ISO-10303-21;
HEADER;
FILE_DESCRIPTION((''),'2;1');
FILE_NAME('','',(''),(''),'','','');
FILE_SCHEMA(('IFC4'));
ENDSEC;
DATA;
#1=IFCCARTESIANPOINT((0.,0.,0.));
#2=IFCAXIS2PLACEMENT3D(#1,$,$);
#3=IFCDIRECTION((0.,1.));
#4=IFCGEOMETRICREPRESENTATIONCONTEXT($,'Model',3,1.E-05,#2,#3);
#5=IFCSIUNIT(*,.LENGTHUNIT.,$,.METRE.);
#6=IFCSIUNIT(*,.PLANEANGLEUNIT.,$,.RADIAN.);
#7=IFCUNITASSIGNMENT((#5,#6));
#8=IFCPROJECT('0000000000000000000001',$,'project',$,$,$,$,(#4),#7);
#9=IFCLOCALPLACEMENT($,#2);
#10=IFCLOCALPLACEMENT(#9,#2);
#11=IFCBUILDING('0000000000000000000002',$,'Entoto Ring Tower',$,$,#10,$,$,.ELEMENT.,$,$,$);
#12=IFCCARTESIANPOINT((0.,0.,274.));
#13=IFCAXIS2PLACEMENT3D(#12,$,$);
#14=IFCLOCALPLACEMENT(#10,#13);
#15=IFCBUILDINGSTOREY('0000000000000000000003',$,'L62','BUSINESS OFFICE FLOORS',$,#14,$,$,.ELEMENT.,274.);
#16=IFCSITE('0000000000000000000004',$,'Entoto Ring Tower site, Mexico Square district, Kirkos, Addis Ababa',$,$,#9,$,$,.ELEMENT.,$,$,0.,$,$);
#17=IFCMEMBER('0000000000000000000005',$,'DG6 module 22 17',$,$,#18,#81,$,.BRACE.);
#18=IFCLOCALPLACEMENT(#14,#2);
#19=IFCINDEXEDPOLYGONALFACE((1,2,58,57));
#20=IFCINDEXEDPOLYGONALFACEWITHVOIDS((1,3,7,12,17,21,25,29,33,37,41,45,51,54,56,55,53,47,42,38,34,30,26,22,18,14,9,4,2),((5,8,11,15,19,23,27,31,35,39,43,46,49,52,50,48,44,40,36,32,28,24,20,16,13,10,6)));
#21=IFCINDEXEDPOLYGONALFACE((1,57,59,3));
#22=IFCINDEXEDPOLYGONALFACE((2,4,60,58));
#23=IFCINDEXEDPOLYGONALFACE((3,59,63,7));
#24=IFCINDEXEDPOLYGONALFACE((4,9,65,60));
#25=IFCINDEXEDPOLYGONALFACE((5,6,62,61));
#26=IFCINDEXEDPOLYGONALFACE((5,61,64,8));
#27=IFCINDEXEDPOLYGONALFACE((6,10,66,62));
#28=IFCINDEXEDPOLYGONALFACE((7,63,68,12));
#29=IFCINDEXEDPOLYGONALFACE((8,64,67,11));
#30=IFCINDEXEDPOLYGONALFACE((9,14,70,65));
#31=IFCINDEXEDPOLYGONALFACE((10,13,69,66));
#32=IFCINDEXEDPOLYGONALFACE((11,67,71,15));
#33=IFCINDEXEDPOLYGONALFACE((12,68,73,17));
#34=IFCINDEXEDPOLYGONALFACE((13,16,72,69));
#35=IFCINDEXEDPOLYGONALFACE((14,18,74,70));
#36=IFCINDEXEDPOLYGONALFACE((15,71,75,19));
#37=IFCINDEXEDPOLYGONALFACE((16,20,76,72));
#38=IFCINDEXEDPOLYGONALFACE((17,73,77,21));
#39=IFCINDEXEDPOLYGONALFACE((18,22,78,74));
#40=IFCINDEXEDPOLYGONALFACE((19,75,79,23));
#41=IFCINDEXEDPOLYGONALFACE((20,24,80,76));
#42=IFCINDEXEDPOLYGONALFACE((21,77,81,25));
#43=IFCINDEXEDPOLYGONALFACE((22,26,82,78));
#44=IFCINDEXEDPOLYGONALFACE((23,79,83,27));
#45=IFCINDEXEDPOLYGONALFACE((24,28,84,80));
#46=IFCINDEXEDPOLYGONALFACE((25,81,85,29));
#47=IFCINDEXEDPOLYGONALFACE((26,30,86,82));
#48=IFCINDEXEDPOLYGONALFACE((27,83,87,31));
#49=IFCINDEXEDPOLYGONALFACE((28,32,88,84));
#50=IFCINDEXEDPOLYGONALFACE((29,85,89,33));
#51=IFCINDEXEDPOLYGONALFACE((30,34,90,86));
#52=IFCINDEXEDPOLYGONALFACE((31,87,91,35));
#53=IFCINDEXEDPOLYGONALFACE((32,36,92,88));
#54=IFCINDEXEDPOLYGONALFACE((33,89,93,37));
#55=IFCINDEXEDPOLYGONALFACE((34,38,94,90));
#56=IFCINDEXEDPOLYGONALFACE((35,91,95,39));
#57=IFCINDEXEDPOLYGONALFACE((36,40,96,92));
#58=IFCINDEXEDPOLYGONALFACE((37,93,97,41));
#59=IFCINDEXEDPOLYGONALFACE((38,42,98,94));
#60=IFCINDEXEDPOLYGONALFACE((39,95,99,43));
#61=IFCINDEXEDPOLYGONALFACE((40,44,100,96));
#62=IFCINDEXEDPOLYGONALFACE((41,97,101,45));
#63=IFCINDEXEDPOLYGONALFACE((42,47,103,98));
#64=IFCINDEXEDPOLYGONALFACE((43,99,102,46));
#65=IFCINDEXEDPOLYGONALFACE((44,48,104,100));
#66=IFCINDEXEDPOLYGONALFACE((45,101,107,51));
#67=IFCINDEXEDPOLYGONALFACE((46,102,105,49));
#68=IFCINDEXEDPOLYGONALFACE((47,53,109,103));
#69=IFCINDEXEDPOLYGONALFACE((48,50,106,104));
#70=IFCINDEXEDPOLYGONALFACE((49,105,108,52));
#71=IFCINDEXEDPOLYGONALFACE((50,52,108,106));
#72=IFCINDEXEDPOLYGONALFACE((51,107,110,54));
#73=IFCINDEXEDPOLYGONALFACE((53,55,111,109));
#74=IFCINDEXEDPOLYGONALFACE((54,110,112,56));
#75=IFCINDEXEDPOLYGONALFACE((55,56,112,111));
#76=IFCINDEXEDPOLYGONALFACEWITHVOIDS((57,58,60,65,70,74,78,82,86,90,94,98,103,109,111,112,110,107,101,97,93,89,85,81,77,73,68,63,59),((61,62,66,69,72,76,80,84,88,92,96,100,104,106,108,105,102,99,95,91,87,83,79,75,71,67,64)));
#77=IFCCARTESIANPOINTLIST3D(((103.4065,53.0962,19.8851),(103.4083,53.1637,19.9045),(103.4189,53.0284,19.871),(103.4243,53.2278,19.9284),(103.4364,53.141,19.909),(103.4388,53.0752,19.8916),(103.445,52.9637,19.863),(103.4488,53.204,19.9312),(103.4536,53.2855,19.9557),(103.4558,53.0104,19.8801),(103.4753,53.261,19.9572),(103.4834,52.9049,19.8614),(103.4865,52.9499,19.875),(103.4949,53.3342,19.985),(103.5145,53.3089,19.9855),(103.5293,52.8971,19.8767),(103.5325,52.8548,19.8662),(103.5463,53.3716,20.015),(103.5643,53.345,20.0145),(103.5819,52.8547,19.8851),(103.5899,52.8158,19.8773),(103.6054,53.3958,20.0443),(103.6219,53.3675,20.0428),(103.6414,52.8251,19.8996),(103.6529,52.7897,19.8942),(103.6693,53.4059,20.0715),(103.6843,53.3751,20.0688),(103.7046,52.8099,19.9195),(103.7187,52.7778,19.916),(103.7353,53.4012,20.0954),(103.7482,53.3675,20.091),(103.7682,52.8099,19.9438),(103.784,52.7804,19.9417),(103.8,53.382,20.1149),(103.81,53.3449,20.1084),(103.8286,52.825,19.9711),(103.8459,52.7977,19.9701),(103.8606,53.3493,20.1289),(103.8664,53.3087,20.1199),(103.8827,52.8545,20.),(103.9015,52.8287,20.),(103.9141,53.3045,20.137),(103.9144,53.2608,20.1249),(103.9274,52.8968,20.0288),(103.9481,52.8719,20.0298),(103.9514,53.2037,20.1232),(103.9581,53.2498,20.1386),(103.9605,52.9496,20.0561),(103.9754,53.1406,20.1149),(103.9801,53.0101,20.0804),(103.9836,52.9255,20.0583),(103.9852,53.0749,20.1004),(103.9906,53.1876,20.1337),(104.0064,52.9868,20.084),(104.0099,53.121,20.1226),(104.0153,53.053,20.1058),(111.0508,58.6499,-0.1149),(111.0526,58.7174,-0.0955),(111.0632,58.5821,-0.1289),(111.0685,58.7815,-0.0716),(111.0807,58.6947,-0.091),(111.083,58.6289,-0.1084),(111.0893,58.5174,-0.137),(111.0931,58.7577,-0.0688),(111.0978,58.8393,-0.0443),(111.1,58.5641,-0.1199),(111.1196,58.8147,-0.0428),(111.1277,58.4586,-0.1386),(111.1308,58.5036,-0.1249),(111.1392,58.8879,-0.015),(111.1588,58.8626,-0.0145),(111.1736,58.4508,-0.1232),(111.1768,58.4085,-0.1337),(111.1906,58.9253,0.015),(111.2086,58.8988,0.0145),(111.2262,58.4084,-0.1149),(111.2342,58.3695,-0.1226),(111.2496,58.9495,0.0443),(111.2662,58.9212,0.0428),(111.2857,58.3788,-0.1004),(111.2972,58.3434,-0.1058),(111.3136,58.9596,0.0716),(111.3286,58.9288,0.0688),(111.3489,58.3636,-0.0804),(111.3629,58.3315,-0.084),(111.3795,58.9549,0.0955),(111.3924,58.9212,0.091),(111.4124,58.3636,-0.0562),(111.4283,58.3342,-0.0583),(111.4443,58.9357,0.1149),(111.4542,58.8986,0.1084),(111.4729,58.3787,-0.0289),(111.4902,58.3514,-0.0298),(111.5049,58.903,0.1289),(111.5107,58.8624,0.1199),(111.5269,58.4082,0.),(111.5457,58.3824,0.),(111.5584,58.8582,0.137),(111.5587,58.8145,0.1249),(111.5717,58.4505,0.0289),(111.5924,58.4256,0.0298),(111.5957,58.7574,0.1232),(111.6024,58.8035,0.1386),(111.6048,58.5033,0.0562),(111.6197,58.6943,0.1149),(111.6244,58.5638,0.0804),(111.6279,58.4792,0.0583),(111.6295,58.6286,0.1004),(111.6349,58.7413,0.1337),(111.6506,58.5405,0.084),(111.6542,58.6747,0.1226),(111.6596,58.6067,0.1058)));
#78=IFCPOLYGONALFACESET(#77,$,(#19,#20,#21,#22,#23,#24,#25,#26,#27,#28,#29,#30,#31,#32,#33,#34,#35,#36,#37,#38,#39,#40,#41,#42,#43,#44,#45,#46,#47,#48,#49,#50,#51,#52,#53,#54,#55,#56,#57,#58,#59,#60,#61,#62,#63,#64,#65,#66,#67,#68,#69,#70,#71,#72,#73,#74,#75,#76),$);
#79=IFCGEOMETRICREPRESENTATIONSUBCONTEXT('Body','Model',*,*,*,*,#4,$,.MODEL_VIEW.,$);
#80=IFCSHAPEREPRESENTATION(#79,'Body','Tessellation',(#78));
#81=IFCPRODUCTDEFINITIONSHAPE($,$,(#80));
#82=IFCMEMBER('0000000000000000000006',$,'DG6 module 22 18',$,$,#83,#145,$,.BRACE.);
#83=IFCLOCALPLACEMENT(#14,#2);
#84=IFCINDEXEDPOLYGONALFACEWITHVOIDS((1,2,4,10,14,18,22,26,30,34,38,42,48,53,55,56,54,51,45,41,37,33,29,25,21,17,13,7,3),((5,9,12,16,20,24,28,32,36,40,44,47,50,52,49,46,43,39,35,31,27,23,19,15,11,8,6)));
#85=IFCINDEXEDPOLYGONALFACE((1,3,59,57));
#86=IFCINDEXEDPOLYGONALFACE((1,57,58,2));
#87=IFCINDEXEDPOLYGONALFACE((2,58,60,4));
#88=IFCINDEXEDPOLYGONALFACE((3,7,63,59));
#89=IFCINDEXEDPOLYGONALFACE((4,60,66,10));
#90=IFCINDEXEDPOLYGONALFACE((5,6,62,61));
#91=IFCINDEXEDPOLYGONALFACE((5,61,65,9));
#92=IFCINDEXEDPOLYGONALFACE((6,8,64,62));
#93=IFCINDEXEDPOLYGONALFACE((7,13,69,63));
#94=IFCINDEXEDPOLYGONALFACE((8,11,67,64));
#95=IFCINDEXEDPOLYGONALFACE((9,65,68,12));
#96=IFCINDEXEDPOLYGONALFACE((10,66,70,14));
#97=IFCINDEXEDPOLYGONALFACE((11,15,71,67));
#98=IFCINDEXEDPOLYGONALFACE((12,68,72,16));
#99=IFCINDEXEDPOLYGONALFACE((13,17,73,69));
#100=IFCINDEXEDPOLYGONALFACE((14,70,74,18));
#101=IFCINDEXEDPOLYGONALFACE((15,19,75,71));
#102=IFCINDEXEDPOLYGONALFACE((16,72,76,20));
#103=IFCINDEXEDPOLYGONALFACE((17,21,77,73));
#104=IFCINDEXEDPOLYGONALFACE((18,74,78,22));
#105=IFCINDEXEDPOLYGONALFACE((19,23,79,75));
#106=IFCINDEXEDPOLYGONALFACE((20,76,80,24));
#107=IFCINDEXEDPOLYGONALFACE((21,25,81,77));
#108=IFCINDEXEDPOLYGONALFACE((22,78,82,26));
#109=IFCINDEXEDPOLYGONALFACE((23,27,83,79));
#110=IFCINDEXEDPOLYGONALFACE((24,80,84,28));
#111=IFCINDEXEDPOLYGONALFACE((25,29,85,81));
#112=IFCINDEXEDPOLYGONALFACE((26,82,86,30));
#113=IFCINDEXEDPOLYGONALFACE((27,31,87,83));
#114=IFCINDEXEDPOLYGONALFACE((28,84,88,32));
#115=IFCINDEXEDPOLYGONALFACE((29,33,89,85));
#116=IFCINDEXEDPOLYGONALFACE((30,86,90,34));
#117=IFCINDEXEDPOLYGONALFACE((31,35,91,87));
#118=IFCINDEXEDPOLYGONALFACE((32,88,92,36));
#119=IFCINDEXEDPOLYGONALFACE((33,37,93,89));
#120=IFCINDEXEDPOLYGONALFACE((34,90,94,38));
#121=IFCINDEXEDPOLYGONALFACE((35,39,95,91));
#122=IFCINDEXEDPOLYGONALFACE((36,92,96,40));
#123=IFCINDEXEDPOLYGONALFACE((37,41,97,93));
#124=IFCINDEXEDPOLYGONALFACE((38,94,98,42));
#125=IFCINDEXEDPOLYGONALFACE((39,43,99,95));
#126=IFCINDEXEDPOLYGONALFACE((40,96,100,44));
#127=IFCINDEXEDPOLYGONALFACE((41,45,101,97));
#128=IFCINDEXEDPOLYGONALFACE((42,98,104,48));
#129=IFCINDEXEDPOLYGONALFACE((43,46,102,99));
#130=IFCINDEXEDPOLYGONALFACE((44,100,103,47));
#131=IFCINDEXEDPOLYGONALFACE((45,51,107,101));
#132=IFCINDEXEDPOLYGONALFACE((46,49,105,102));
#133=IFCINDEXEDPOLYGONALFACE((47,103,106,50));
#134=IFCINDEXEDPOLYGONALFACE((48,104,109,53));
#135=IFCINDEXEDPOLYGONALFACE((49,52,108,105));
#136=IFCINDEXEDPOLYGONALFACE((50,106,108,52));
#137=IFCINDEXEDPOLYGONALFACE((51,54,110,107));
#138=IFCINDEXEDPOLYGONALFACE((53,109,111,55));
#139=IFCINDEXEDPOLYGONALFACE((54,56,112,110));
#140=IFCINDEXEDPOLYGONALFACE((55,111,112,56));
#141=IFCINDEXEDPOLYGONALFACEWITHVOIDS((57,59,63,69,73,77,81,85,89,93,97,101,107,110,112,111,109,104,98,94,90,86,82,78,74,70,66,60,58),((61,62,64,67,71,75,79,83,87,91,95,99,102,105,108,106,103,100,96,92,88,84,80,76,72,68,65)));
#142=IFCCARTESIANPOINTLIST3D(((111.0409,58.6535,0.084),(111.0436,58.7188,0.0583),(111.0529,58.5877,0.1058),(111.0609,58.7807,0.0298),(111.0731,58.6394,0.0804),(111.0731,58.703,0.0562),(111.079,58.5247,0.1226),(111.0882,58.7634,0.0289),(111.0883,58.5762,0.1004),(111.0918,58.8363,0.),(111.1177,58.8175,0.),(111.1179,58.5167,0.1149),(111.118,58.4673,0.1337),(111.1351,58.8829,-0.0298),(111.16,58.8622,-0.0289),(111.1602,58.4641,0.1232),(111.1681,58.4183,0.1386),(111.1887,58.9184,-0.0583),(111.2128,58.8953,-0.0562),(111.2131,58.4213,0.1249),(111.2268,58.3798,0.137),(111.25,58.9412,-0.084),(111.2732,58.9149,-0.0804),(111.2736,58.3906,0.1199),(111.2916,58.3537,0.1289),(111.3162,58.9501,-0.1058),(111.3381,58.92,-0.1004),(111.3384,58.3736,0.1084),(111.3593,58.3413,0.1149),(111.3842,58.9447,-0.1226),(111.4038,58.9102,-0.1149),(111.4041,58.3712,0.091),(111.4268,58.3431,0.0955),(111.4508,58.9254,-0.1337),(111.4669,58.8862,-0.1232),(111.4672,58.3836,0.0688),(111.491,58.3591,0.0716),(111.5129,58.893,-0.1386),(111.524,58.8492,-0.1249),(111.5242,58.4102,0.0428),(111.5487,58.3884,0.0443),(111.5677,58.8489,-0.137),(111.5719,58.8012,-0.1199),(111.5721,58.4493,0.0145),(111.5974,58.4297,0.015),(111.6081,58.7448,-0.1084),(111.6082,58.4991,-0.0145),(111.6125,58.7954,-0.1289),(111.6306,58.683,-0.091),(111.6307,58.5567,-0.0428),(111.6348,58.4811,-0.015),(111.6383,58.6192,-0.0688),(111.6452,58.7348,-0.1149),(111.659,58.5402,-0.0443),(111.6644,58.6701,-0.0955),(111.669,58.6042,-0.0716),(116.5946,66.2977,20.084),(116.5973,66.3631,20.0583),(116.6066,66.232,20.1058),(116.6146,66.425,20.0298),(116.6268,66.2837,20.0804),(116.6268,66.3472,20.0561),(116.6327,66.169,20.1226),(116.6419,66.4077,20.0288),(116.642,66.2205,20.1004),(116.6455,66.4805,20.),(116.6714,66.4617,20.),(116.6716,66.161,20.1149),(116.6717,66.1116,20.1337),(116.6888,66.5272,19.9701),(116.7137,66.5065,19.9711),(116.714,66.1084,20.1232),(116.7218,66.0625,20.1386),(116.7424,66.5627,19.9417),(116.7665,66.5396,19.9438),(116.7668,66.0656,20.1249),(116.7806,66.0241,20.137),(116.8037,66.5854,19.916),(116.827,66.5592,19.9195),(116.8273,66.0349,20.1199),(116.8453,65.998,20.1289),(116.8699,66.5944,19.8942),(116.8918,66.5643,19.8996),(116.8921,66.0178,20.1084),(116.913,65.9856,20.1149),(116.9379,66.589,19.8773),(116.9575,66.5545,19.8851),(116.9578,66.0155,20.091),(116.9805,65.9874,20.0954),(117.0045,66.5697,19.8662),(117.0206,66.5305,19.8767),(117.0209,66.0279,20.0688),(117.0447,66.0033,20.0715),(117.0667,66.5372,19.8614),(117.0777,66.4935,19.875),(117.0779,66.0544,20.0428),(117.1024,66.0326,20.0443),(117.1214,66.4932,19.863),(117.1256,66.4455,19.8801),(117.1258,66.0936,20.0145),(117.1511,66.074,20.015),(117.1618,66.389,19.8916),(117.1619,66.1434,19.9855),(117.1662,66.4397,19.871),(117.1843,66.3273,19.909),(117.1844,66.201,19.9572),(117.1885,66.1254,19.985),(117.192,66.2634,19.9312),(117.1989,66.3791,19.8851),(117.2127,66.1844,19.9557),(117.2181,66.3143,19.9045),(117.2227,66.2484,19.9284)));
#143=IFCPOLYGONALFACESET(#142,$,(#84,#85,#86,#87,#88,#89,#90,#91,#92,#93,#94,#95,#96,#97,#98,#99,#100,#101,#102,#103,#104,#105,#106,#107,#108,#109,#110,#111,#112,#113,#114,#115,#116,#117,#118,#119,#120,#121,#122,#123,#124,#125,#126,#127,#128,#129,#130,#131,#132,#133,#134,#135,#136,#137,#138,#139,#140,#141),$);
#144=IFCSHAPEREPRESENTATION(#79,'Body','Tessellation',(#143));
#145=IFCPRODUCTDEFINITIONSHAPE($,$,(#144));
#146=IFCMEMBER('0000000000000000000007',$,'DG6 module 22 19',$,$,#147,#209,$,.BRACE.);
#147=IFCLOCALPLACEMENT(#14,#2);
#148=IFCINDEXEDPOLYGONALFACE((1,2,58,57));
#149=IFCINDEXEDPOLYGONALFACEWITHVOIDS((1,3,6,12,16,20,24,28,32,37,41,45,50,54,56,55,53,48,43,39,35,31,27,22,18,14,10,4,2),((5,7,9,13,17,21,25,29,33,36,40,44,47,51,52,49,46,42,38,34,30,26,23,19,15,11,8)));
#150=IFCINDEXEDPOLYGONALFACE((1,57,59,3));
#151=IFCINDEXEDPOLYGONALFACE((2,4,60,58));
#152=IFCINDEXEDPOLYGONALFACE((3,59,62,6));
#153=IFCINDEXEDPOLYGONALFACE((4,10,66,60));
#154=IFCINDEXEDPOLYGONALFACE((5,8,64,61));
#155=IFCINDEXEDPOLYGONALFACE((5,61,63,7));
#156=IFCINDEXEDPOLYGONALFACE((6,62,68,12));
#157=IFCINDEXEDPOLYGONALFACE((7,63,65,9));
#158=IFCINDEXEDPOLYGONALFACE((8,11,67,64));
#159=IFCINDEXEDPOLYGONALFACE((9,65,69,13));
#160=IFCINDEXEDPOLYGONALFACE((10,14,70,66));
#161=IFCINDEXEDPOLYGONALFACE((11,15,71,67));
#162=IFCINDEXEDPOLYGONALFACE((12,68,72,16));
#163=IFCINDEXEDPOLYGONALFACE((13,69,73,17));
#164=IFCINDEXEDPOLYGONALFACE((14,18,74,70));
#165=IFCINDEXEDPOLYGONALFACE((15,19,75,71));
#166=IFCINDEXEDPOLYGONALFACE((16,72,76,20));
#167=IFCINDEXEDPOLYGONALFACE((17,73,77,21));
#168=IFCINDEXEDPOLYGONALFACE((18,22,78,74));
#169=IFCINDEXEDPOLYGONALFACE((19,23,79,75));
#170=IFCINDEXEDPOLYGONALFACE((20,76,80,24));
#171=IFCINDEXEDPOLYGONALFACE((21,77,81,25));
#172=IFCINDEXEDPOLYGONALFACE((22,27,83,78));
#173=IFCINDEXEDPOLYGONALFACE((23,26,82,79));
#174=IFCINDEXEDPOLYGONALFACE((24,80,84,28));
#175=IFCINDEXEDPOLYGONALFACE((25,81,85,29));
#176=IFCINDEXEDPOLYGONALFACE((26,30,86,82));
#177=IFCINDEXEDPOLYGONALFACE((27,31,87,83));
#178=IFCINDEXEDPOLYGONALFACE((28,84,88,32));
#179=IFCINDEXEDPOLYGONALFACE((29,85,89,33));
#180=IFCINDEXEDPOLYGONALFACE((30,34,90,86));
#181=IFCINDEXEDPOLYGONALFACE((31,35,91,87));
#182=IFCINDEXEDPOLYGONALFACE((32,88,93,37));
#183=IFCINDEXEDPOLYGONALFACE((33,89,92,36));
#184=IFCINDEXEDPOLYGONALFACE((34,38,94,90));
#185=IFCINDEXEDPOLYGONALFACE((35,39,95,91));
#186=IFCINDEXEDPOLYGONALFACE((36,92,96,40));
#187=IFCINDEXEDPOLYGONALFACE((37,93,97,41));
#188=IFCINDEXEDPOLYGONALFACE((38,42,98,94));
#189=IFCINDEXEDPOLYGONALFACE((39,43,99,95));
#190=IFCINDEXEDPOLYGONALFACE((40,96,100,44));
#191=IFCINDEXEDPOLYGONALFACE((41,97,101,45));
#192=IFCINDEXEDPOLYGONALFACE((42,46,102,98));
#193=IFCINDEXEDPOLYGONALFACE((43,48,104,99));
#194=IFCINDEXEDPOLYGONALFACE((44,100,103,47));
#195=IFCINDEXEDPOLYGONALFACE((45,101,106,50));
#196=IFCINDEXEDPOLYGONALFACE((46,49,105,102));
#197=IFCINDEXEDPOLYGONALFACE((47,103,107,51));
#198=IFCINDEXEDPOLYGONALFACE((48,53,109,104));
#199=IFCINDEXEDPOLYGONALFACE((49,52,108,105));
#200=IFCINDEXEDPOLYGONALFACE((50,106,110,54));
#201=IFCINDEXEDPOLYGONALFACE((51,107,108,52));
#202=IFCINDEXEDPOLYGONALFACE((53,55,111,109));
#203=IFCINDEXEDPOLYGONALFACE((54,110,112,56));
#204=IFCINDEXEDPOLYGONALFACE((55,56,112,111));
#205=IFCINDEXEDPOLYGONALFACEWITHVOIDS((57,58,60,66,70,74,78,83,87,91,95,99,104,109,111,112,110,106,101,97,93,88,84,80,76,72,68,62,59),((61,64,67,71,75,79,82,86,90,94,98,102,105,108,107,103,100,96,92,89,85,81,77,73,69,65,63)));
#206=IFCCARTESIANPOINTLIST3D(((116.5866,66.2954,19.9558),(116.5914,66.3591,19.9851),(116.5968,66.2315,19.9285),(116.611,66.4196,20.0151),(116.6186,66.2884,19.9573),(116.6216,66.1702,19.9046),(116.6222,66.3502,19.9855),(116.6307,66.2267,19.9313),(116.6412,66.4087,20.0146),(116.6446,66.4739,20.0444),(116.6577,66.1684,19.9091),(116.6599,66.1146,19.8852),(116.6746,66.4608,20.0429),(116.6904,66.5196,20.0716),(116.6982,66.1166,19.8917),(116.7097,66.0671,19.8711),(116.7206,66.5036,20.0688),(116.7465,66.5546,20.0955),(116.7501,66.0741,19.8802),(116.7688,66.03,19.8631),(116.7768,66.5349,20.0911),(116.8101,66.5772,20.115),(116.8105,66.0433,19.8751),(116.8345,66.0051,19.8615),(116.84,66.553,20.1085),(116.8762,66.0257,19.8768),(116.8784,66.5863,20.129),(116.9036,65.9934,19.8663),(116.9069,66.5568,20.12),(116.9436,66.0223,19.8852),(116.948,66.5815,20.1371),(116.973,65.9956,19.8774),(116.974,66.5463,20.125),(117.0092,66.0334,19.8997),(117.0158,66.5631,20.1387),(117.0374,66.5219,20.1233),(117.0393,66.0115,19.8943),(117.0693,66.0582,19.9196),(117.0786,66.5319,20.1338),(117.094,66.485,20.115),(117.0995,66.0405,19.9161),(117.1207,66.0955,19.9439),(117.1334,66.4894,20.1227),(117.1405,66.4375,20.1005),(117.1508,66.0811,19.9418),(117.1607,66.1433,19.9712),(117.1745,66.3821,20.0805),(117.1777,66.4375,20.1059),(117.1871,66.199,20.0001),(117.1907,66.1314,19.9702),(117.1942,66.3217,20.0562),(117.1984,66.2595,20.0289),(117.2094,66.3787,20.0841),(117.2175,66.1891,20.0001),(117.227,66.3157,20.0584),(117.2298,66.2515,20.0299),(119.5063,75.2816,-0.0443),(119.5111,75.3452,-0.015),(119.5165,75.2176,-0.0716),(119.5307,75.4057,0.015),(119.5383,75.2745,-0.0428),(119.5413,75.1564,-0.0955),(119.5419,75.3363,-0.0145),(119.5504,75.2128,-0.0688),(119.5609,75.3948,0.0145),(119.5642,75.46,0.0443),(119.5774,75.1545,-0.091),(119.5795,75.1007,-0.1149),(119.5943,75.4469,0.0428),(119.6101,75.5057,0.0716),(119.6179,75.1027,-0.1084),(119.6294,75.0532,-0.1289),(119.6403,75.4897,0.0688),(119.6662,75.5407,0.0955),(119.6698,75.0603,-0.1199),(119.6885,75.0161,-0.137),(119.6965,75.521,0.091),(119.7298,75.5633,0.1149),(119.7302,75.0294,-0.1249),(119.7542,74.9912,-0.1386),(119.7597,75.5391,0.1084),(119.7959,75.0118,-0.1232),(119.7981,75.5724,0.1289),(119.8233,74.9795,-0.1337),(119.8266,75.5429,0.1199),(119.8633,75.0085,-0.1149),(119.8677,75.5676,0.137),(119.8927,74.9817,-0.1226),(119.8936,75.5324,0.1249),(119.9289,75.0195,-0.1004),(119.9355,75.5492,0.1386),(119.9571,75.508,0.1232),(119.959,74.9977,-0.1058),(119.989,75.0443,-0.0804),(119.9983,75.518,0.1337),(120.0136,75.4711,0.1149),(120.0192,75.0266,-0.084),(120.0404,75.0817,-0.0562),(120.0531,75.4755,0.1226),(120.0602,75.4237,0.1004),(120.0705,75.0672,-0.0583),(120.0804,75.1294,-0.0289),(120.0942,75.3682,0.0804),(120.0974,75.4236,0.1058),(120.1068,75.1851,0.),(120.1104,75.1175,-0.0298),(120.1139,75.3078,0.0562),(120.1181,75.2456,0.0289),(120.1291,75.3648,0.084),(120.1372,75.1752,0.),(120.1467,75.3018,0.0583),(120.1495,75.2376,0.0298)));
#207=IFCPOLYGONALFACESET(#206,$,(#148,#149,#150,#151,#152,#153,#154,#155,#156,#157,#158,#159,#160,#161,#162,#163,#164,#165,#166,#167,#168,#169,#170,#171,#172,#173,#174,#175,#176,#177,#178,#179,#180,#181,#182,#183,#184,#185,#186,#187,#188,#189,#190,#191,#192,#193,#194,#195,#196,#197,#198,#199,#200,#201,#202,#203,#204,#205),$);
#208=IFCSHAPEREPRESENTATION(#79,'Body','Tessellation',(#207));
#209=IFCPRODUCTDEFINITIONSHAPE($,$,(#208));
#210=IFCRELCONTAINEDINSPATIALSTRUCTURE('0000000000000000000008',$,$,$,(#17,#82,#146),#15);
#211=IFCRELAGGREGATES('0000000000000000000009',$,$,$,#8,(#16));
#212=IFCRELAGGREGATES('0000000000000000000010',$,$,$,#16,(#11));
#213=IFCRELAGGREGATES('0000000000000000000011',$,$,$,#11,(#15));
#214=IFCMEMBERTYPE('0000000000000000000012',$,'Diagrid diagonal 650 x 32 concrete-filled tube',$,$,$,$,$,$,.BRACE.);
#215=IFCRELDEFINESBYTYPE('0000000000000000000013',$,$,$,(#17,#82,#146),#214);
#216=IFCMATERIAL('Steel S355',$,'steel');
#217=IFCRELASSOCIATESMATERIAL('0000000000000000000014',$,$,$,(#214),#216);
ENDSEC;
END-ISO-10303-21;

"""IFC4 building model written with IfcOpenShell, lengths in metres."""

from ifc_helpers import new_model, si_unit, direction, frame, origin, origin_2d, place, context, subcontext, project, spatial, circle, hollow_circle, extrude, material, material_profile, profile_set, type_object, element, save


model = new_model("IFC4")

# Units and contexts
model_context = context("Model", 3, precision=1e-05, world=origin(), true_north=direction((0.0, 1.0)))
body_context = subcontext(model_context, "Body", "Model", "MODEL_VIEW")
ifc_project = project(units=[si_unit("LENGTHUNIT", "METRE"), si_unit("PLANEANGLEUNIT", "RADIAN")], contexts=[model_context])

# Site, building, storey
site_placement = place(None, origin())
site = spatial("IfcSite", under=ifc_project, at=site_placement, Name="Entoto Ring Tower site, Mexico Square district, Kirkos, Addis Ababa", CompositionType="ELEMENT", RefElevation=0.0)
building_placement = place(site_placement, origin())
building = spatial("IfcBuilding", under=site, at=building_placement, Name="Entoto Ring Tower", CompositionType="ELEMENT")
storey_placement = place(building_placement, frame((0.0, 0.0, 274.0)))
storey = spatial("IfcBuildingStorey", under=building, at=storey_placement, Name="L62", Description="BUSINESS OFFICE FLOORS", CompositionType="ELEMENT", Elevation=274.0)

# Members
ifc_material_1 = material(Name="Steel S355", Category="steel")
ifc_material_profile_1 = material_profile(ifc_material_1, hollow_circle(Radius=0.325, WallThickness=0.032, at=origin_2d()), Name="CHS 650 x 32")
ifc_material_2 = material(Name="Concrete C60/75", Category="concrete")
ifc_material_profile_2 = material_profile(ifc_material_2, circle(Radius=0.293, at=origin_2d()), Name="Concrete C60/75 infill")
ifc_profile_set_1 = profile_set([ifc_material_profile_1, ifc_material_profile_2], Name="Steel S355")
member_type_1 = type_object("IfcMemberType", Name="Diagrid diagonal 650 x 32 concrete-filled tube", PredefinedType="BRACE", material=ifc_profile_set_1)
for number, where, z_axis, x_axis, name in (
    (1, (111.3547, 58.6453, 0.0), (-0.345588, -0.251076, 0.904174), (0.587772, -0.809026, 0.0), "DG6 module 22 17"),
    (2, (111.3547, 58.6453, 0.0), (0.251076, 0.345588, 0.904174), (-0.809026, 0.587772, 0.0), "DG6 module 22 18"),
    (3, (119.8281, 75.2756, 0.0), (-0.131995, -0.406251, 0.904178), (0.951059, -0.30901, 0.0), "DG6 module 22 19"),
):
    element("IfcMember", number, at=place(storey_placement, frame(where, z_axis=z_axis, x_axis=x_axis)), inside=storey, type_object=member_type_1, Name=name, PredefinedType="BRACE", context=body_context, shape_type="SweptSolid", body=[
        extrude(hollow_circle(Radius=0.325, WallThickness=0.032, at=origin_2d()), origin(), (0.0, 0.0, 1.0), 22.1196),
    ])

save(model, "model.ifc")
